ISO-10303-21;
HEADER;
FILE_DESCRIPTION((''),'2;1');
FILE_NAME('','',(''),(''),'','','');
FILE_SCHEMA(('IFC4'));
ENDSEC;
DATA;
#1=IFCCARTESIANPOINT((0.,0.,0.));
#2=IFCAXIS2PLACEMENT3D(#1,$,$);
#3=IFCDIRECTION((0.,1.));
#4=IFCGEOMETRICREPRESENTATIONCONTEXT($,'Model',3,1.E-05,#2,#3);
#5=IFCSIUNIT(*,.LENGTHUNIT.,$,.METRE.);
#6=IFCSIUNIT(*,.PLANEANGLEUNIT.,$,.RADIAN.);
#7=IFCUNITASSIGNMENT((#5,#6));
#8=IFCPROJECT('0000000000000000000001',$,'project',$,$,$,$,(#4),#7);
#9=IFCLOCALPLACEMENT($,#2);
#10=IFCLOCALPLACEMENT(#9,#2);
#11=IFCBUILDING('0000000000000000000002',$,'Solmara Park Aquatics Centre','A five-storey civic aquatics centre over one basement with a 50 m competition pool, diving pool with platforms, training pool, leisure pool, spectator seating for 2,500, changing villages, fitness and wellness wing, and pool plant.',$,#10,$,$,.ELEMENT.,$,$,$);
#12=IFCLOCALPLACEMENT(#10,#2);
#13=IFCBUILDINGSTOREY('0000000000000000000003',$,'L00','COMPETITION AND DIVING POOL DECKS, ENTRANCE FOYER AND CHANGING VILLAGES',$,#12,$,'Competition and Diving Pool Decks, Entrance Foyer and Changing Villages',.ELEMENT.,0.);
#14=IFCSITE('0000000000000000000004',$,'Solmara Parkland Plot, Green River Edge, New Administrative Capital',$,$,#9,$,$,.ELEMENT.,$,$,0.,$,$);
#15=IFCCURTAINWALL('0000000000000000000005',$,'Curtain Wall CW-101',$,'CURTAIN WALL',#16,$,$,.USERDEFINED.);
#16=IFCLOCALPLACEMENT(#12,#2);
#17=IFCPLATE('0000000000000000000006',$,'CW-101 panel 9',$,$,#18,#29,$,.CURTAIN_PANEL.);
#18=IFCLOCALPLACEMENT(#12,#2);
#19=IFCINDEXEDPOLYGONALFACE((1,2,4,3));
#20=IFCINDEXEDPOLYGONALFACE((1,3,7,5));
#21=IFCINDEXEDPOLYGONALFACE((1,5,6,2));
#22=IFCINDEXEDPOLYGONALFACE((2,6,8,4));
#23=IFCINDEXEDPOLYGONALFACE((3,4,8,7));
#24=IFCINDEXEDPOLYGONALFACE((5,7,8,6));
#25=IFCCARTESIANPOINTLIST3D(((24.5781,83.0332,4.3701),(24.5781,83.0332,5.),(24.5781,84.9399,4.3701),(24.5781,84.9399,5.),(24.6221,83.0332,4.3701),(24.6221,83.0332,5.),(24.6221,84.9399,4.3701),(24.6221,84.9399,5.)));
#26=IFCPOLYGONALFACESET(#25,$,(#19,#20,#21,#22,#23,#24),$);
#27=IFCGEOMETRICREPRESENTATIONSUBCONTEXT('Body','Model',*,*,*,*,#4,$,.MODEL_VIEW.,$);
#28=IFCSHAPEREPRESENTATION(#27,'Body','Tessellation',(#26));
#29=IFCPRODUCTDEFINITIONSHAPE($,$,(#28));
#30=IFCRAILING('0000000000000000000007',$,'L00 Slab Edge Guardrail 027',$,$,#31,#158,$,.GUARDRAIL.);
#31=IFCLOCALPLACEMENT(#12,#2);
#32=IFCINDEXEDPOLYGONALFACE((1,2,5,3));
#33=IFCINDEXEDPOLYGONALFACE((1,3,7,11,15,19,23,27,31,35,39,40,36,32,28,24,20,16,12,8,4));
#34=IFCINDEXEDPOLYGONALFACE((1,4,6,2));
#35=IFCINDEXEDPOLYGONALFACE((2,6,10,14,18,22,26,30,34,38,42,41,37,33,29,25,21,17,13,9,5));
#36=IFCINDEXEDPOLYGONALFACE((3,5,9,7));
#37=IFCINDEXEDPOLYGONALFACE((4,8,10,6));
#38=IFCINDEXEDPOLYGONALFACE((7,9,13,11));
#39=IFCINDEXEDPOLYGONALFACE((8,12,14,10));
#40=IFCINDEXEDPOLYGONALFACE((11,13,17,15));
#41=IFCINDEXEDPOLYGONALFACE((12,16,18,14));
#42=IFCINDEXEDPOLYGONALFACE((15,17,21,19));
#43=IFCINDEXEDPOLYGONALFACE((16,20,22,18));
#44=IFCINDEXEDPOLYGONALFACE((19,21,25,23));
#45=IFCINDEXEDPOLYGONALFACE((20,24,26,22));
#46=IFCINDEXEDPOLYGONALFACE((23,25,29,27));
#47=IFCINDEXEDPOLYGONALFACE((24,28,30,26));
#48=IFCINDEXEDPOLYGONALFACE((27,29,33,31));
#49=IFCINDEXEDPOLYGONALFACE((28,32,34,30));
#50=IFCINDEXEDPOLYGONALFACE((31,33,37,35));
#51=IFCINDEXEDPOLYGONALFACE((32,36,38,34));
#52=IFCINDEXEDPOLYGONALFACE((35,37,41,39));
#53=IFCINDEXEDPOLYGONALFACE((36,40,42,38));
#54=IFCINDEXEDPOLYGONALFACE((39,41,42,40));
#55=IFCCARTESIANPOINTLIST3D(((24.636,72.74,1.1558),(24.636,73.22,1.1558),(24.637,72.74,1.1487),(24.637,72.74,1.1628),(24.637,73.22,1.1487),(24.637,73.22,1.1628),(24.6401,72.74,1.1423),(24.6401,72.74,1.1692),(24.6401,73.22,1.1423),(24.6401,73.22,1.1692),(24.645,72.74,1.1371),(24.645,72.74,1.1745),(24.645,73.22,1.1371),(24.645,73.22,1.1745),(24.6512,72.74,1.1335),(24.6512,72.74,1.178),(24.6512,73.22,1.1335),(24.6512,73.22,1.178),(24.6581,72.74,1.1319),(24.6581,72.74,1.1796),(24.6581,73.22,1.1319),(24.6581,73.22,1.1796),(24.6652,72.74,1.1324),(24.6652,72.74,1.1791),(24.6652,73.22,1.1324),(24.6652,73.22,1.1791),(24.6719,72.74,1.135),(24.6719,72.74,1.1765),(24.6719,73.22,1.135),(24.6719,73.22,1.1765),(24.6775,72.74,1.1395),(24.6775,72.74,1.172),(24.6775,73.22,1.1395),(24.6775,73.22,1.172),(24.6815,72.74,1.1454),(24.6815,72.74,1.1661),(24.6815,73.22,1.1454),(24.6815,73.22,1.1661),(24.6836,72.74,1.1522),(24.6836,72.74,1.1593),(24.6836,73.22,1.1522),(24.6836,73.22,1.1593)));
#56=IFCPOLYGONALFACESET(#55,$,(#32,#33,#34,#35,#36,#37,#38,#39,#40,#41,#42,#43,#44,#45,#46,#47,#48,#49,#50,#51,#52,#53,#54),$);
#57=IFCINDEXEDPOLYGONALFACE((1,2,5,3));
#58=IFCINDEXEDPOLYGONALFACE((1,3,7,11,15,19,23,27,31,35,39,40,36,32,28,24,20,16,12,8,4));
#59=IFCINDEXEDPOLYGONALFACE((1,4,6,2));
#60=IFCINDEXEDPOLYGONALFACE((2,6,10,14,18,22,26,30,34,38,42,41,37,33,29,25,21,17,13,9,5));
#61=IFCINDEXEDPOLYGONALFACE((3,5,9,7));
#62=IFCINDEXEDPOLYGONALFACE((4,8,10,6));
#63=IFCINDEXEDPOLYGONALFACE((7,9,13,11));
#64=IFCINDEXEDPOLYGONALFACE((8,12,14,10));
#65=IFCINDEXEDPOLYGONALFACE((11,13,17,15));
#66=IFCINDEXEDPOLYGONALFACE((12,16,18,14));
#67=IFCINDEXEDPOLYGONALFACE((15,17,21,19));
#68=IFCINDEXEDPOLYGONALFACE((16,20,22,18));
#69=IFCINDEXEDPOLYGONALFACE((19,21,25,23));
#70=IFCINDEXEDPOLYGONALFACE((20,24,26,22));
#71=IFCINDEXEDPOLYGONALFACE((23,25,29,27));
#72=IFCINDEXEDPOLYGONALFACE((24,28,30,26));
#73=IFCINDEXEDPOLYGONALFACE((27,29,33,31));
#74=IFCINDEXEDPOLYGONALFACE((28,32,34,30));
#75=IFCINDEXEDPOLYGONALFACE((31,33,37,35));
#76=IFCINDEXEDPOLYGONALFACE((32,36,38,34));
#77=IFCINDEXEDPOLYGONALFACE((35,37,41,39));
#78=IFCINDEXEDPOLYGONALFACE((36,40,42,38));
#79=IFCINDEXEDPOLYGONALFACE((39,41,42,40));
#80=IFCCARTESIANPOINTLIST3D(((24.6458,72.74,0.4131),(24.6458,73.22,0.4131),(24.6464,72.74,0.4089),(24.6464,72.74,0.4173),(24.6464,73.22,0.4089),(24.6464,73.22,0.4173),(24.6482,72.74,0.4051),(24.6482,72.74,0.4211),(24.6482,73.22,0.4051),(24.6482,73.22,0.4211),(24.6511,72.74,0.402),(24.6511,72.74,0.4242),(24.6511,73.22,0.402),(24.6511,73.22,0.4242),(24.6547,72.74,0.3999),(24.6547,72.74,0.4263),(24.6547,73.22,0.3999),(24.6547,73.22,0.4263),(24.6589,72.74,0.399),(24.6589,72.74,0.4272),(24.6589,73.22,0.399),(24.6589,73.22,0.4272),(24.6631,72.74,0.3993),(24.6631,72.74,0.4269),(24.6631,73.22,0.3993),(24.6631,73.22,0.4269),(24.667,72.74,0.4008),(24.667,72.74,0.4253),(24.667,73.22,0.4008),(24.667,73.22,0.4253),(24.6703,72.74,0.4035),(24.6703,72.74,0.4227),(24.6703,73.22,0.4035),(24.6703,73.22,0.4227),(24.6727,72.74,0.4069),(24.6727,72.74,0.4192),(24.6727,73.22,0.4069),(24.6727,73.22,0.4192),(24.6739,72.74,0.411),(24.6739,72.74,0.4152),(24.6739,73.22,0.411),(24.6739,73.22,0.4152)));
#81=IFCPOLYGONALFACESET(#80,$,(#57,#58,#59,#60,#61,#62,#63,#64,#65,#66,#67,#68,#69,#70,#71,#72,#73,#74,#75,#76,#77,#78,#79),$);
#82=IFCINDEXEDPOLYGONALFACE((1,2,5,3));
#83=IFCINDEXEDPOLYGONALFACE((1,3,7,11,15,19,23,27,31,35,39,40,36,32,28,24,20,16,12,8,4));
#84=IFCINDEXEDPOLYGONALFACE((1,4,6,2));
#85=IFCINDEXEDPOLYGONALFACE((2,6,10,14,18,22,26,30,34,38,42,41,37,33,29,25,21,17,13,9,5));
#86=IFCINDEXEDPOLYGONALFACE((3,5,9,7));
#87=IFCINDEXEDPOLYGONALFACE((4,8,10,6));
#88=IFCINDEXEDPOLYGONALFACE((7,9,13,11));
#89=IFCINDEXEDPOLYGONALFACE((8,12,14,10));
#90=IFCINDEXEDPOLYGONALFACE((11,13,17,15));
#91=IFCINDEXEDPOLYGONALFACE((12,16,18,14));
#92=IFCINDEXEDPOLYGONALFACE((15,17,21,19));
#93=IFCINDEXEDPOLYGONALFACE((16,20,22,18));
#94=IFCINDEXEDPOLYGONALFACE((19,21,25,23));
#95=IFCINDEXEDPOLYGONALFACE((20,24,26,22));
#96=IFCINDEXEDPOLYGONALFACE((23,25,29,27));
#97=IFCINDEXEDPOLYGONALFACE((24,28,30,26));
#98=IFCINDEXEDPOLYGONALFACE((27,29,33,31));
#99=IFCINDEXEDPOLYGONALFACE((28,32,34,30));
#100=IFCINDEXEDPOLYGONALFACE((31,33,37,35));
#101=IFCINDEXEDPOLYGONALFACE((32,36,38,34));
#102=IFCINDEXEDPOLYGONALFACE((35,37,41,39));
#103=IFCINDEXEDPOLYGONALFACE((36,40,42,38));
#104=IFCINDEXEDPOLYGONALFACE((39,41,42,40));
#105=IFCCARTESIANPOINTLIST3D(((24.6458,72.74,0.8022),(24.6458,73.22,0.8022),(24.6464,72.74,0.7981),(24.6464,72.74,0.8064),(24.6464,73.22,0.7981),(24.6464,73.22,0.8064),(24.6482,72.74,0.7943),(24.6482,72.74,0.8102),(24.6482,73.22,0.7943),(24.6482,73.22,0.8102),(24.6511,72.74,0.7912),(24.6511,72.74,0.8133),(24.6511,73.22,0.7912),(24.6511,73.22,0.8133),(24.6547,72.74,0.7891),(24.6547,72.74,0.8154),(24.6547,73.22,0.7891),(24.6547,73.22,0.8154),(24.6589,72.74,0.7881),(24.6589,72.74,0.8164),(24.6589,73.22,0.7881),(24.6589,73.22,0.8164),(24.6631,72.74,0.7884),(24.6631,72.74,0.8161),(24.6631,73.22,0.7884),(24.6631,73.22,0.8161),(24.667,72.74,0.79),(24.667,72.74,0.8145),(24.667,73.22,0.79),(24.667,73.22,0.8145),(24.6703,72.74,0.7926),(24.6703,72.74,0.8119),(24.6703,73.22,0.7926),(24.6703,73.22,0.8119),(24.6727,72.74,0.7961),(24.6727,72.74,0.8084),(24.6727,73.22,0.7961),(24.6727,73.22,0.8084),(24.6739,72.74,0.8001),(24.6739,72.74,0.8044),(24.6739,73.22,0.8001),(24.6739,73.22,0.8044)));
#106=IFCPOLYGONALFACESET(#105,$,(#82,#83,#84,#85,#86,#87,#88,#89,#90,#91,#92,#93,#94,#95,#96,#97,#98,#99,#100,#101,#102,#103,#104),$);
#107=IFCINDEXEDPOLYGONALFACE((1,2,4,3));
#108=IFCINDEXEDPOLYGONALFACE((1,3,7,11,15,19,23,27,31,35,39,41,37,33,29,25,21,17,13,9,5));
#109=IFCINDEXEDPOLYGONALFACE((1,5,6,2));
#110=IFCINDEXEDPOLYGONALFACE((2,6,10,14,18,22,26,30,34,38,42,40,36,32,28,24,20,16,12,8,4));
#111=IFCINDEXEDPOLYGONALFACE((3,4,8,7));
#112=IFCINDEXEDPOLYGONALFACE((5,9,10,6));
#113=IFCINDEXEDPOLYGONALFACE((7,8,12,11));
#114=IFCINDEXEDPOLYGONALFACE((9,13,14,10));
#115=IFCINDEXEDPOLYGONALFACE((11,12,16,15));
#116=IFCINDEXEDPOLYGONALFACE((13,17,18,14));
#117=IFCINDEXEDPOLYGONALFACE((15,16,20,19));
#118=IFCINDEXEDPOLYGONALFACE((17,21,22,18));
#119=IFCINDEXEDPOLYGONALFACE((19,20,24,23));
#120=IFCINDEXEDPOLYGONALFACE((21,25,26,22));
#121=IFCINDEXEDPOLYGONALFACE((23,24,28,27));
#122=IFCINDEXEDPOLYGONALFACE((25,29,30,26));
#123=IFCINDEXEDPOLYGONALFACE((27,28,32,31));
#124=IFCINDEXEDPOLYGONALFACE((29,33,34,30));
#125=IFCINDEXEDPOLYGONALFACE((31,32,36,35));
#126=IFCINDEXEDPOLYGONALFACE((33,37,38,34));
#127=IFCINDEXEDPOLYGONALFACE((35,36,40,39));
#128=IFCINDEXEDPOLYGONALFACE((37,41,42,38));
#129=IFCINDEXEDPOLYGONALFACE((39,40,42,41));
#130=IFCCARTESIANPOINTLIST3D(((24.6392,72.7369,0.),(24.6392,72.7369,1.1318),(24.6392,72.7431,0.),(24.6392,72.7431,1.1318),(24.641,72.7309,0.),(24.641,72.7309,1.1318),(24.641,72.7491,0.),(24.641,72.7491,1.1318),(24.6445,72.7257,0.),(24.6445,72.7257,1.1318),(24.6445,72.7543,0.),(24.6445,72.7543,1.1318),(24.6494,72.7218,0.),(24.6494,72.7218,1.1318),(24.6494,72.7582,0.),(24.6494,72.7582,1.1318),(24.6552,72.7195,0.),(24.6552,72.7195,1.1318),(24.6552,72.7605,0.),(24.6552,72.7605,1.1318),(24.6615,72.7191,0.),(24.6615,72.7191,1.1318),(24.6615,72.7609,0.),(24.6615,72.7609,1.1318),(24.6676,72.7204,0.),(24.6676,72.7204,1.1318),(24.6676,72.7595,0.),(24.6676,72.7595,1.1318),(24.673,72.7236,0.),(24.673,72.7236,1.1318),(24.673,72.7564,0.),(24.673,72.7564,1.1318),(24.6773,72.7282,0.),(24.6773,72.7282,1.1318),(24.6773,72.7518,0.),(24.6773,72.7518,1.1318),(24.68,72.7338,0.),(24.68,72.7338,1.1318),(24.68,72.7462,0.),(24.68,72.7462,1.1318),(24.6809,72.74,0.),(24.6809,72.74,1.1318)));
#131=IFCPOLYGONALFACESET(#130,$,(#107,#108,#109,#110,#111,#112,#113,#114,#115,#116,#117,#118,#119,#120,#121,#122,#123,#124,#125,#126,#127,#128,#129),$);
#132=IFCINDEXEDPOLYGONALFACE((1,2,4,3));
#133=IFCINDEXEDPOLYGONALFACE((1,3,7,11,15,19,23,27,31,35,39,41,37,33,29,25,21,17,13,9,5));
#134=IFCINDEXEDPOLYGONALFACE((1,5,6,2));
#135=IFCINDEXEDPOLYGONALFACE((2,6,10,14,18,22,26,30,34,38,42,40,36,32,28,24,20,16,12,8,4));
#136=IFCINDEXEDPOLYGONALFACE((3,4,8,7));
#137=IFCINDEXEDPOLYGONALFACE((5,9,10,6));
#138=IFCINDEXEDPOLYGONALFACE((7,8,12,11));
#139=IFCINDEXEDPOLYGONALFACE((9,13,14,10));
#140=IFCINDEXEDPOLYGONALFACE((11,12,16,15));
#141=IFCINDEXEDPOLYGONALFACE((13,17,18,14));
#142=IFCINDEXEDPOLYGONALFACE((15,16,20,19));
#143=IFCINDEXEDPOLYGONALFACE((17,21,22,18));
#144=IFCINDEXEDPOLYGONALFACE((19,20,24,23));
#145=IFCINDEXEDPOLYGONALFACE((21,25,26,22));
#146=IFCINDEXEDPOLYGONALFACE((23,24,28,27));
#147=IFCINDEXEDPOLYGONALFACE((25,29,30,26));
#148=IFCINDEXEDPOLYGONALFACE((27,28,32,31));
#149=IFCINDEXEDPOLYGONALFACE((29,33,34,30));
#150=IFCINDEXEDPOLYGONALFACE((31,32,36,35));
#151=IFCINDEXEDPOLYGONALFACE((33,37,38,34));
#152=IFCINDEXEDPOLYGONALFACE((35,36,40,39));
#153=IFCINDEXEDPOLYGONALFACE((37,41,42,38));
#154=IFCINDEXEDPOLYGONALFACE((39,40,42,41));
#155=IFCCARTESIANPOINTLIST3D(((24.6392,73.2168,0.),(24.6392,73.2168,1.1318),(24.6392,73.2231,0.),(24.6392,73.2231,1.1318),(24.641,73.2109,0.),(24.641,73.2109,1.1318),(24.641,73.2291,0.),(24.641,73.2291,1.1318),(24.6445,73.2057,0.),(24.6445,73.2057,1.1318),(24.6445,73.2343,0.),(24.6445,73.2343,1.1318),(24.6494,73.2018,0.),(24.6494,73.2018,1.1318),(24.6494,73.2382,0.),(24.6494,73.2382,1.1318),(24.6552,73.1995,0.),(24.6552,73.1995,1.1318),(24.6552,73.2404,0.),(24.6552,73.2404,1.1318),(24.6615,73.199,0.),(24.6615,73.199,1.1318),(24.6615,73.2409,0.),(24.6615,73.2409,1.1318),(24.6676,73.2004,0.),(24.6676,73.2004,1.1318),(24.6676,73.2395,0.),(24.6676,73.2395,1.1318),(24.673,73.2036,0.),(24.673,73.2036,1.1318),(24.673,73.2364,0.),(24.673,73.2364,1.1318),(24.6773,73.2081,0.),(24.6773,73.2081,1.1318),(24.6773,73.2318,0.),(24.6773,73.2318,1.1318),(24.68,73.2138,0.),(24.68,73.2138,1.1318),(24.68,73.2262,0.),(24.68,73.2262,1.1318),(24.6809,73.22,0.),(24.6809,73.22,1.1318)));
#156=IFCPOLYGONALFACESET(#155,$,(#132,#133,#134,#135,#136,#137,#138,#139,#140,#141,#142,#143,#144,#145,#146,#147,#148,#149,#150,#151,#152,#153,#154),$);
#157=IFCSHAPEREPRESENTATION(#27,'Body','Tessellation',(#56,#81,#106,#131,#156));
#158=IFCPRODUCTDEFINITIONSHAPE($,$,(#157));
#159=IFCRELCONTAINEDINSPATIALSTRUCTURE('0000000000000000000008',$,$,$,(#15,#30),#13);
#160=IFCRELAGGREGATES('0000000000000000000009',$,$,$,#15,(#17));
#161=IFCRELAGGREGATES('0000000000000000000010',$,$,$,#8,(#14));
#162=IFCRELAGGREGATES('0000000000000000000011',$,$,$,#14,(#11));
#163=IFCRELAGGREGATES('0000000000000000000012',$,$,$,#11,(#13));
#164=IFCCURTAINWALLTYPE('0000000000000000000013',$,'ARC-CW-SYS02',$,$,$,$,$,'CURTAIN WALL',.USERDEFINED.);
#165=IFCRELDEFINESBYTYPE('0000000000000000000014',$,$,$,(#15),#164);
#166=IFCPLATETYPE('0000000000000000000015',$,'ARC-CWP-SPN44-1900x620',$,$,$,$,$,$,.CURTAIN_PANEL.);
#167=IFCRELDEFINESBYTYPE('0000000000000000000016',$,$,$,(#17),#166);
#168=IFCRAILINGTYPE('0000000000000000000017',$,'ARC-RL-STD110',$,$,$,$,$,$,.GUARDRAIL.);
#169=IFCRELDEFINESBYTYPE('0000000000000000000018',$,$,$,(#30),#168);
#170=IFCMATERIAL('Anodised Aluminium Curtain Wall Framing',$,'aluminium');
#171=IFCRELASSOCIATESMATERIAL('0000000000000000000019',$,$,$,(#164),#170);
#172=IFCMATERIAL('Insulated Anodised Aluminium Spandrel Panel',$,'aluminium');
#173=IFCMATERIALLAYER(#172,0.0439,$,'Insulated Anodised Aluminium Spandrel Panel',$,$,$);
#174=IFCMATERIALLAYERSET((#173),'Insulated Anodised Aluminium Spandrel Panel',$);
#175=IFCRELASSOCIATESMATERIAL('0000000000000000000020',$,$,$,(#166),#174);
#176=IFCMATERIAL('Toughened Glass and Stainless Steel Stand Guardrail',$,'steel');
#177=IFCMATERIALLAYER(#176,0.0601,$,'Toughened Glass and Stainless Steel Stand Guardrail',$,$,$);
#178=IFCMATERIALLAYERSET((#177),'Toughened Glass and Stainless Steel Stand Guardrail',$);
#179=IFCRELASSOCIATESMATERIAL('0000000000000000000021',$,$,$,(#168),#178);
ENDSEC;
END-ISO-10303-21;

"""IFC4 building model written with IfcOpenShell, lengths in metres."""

from ifc_helpers import new_model, si_unit, direction, frame, origin, origin_2d, place, context, subcontext, project, spatial, rectangle, circle, extrude, material, layer, layer_set, type_object, element, aggregate, save


model = new_model("IFC4")

# Units and contexts
model_context = context("Model", 3, precision=1e-05, world=origin(), true_north=direction((0.0, 1.0)))
body_context = subcontext(model_context, "Body", "Model", "MODEL_VIEW")
ifc_project = project(units=[si_unit("LENGTHUNIT", "METRE"), si_unit("PLANEANGLEUNIT", "RADIAN")], contexts=[model_context])

# Site, building, storey
site_placement = place(None, origin())
site = spatial("IfcSite", under=ifc_project, at=site_placement, Name="Solmara Parkland Plot, Green River Edge, New Administrative Capital", CompositionType="ELEMENT", RefElevation=0.0)
building_placement = place(site_placement, origin())
building = spatial("IfcBuilding", under=site, at=building_placement, Name="Solmara Park Aquatics Centre", Description="A five-storey civic aquatics centre over one basement with a 50 m competition pool, diving pool with platforms, training pool, leisure pool, spectator seating for 2,500, changing villages, fitness and wellness wing, and pool plant.", CompositionType="ELEMENT")
storey_placement = place(building_placement, origin())
storey = spatial("IfcBuildingStorey", under=building, at=storey_placement, Name="L00", Description="COMPETITION AND DIVING POOL DECKS, ENTRANCE FOYER AND CHANGING VILLAGES", LongName="Competition and Diving Pool Decks, Entrance Foyer and Changing Villages", CompositionType="ELEMENT", Elevation=0.0)

# Curtain wall
ifc_material_1 = material(Name="Anodised Aluminium Curtain Wall Framing", Category="aluminium")
curtain_wall_type = type_object("IfcCurtainWallType", Name="ARC-CW-SYS02", ElementType="CURTAIN WALL", PredefinedType="USERDEFINED", material=ifc_material_1)
curtain_wall_1_placement = place(storey_placement, origin())
curtain_wall_1 = element("IfcCurtainWall", 1, at=curtain_wall_1_placement, inside=storey, type_object=curtain_wall_type, Name="Curtain Wall CW-101", ObjectType="CURTAIN WALL", PredefinedType="USERDEFINED")

# Plate
ifc_material_2 = material(Name="Insulated Anodised Aluminium Spandrel Panel", Category="aluminium")
ifc_layer_1 = layer(ifc_material_2, 0.0439, Name="Insulated Anodised Aluminium Spandrel Panel")
ifc_layer_set_1 = layer_set([ifc_layer_1], Name="Insulated Anodised Aluminium Spandrel Panel")
plate_type_1 = type_object("IfcPlateType", Name="ARC-CWP-SPN44-1900x620", PredefinedType="CURTAIN_PANEL", material=ifc_layer_set_1)
plate_1_placement = place(storey_placement, frame((24.6001, 83.9866, 4.3701), z_axis=(0.0, 0.0, 1.0), x_axis=(0.0, 1.0, 0.0)))
plate_1 = element("IfcPlate", 2, at=plate_1_placement, type_object=plate_type_1, Name="CW-101 panel 9", PredefinedType="CURTAIN_PANEL", context=body_context, shape_type="SweptSolid", body=[
    extrude(rectangle(XDim=1.9067, YDim=0.0439, at=origin_2d()), origin(), (0.0, 0.0, 1.0), 0.6299),
])
aggregate(curtain_wall_1, [plate_1])

# Railing
ifc_material_3 = material(Name="Toughened Glass and Stainless Steel Stand Guardrail", Category="steel")
ifc_layer_2 = layer(ifc_material_3, 0.0601, Name="Toughened Glass and Stainless Steel Stand Guardrail")
ifc_layer_set_2 = layer_set([ifc_layer_2], Name="Toughened Glass and Stainless Steel Stand Guardrail")
railing_type = type_object("IfcRailingType", Name="ARC-RL-STD110", PredefinedType="GUARDRAIL", material=ifc_layer_set_2)
railing_placement = place(storey_placement, frame((24.6599, 72.74, 0.0)))
element("IfcRailing", 3, at=railing_placement, inside=storey, type_object=railing_type, Name="L00 Slab Edge Guardrail 027", PredefinedType="GUARDRAIL", context=body_context, shape_type="SweptSolid", body=[
    extrude(circle(Radius=0.0239, at=origin_2d()), frame((0.0, 0.0, 1.1558), z_axis=(0.0, 1.0, 0.0), x_axis=(-1.0, 0.0, 0.0)), (0.0, 0.0, 1.0), 0.48),
    extrude(circle(Radius=0.0142, at=origin_2d()), frame((0.0, 0.0, 0.4131), z_axis=(0.0, 1.0, 0.0), x_axis=(-1.0, 0.0, 0.0)), (0.0, 0.0, 1.0), 0.48),
    extrude(circle(Radius=0.0142, at=origin_2d()), frame((0.0, 0.0, 0.8022), z_axis=(0.0, 1.0, 0.0), x_axis=(-1.0, 0.0, 0.0)), (0.0, 0.0, 1.0), 0.48),
    extrude(circle(Radius=0.021, at=origin_2d()), origin(), (0.0, 0.0, 1.0), 1.1318),
    extrude(circle(Radius=0.021, at=origin_2d()), frame((0.0, 0.48, 0.0)), (0.0, 0.0, 1.0), 1.1318),
])

save(model, "model.ifc")
